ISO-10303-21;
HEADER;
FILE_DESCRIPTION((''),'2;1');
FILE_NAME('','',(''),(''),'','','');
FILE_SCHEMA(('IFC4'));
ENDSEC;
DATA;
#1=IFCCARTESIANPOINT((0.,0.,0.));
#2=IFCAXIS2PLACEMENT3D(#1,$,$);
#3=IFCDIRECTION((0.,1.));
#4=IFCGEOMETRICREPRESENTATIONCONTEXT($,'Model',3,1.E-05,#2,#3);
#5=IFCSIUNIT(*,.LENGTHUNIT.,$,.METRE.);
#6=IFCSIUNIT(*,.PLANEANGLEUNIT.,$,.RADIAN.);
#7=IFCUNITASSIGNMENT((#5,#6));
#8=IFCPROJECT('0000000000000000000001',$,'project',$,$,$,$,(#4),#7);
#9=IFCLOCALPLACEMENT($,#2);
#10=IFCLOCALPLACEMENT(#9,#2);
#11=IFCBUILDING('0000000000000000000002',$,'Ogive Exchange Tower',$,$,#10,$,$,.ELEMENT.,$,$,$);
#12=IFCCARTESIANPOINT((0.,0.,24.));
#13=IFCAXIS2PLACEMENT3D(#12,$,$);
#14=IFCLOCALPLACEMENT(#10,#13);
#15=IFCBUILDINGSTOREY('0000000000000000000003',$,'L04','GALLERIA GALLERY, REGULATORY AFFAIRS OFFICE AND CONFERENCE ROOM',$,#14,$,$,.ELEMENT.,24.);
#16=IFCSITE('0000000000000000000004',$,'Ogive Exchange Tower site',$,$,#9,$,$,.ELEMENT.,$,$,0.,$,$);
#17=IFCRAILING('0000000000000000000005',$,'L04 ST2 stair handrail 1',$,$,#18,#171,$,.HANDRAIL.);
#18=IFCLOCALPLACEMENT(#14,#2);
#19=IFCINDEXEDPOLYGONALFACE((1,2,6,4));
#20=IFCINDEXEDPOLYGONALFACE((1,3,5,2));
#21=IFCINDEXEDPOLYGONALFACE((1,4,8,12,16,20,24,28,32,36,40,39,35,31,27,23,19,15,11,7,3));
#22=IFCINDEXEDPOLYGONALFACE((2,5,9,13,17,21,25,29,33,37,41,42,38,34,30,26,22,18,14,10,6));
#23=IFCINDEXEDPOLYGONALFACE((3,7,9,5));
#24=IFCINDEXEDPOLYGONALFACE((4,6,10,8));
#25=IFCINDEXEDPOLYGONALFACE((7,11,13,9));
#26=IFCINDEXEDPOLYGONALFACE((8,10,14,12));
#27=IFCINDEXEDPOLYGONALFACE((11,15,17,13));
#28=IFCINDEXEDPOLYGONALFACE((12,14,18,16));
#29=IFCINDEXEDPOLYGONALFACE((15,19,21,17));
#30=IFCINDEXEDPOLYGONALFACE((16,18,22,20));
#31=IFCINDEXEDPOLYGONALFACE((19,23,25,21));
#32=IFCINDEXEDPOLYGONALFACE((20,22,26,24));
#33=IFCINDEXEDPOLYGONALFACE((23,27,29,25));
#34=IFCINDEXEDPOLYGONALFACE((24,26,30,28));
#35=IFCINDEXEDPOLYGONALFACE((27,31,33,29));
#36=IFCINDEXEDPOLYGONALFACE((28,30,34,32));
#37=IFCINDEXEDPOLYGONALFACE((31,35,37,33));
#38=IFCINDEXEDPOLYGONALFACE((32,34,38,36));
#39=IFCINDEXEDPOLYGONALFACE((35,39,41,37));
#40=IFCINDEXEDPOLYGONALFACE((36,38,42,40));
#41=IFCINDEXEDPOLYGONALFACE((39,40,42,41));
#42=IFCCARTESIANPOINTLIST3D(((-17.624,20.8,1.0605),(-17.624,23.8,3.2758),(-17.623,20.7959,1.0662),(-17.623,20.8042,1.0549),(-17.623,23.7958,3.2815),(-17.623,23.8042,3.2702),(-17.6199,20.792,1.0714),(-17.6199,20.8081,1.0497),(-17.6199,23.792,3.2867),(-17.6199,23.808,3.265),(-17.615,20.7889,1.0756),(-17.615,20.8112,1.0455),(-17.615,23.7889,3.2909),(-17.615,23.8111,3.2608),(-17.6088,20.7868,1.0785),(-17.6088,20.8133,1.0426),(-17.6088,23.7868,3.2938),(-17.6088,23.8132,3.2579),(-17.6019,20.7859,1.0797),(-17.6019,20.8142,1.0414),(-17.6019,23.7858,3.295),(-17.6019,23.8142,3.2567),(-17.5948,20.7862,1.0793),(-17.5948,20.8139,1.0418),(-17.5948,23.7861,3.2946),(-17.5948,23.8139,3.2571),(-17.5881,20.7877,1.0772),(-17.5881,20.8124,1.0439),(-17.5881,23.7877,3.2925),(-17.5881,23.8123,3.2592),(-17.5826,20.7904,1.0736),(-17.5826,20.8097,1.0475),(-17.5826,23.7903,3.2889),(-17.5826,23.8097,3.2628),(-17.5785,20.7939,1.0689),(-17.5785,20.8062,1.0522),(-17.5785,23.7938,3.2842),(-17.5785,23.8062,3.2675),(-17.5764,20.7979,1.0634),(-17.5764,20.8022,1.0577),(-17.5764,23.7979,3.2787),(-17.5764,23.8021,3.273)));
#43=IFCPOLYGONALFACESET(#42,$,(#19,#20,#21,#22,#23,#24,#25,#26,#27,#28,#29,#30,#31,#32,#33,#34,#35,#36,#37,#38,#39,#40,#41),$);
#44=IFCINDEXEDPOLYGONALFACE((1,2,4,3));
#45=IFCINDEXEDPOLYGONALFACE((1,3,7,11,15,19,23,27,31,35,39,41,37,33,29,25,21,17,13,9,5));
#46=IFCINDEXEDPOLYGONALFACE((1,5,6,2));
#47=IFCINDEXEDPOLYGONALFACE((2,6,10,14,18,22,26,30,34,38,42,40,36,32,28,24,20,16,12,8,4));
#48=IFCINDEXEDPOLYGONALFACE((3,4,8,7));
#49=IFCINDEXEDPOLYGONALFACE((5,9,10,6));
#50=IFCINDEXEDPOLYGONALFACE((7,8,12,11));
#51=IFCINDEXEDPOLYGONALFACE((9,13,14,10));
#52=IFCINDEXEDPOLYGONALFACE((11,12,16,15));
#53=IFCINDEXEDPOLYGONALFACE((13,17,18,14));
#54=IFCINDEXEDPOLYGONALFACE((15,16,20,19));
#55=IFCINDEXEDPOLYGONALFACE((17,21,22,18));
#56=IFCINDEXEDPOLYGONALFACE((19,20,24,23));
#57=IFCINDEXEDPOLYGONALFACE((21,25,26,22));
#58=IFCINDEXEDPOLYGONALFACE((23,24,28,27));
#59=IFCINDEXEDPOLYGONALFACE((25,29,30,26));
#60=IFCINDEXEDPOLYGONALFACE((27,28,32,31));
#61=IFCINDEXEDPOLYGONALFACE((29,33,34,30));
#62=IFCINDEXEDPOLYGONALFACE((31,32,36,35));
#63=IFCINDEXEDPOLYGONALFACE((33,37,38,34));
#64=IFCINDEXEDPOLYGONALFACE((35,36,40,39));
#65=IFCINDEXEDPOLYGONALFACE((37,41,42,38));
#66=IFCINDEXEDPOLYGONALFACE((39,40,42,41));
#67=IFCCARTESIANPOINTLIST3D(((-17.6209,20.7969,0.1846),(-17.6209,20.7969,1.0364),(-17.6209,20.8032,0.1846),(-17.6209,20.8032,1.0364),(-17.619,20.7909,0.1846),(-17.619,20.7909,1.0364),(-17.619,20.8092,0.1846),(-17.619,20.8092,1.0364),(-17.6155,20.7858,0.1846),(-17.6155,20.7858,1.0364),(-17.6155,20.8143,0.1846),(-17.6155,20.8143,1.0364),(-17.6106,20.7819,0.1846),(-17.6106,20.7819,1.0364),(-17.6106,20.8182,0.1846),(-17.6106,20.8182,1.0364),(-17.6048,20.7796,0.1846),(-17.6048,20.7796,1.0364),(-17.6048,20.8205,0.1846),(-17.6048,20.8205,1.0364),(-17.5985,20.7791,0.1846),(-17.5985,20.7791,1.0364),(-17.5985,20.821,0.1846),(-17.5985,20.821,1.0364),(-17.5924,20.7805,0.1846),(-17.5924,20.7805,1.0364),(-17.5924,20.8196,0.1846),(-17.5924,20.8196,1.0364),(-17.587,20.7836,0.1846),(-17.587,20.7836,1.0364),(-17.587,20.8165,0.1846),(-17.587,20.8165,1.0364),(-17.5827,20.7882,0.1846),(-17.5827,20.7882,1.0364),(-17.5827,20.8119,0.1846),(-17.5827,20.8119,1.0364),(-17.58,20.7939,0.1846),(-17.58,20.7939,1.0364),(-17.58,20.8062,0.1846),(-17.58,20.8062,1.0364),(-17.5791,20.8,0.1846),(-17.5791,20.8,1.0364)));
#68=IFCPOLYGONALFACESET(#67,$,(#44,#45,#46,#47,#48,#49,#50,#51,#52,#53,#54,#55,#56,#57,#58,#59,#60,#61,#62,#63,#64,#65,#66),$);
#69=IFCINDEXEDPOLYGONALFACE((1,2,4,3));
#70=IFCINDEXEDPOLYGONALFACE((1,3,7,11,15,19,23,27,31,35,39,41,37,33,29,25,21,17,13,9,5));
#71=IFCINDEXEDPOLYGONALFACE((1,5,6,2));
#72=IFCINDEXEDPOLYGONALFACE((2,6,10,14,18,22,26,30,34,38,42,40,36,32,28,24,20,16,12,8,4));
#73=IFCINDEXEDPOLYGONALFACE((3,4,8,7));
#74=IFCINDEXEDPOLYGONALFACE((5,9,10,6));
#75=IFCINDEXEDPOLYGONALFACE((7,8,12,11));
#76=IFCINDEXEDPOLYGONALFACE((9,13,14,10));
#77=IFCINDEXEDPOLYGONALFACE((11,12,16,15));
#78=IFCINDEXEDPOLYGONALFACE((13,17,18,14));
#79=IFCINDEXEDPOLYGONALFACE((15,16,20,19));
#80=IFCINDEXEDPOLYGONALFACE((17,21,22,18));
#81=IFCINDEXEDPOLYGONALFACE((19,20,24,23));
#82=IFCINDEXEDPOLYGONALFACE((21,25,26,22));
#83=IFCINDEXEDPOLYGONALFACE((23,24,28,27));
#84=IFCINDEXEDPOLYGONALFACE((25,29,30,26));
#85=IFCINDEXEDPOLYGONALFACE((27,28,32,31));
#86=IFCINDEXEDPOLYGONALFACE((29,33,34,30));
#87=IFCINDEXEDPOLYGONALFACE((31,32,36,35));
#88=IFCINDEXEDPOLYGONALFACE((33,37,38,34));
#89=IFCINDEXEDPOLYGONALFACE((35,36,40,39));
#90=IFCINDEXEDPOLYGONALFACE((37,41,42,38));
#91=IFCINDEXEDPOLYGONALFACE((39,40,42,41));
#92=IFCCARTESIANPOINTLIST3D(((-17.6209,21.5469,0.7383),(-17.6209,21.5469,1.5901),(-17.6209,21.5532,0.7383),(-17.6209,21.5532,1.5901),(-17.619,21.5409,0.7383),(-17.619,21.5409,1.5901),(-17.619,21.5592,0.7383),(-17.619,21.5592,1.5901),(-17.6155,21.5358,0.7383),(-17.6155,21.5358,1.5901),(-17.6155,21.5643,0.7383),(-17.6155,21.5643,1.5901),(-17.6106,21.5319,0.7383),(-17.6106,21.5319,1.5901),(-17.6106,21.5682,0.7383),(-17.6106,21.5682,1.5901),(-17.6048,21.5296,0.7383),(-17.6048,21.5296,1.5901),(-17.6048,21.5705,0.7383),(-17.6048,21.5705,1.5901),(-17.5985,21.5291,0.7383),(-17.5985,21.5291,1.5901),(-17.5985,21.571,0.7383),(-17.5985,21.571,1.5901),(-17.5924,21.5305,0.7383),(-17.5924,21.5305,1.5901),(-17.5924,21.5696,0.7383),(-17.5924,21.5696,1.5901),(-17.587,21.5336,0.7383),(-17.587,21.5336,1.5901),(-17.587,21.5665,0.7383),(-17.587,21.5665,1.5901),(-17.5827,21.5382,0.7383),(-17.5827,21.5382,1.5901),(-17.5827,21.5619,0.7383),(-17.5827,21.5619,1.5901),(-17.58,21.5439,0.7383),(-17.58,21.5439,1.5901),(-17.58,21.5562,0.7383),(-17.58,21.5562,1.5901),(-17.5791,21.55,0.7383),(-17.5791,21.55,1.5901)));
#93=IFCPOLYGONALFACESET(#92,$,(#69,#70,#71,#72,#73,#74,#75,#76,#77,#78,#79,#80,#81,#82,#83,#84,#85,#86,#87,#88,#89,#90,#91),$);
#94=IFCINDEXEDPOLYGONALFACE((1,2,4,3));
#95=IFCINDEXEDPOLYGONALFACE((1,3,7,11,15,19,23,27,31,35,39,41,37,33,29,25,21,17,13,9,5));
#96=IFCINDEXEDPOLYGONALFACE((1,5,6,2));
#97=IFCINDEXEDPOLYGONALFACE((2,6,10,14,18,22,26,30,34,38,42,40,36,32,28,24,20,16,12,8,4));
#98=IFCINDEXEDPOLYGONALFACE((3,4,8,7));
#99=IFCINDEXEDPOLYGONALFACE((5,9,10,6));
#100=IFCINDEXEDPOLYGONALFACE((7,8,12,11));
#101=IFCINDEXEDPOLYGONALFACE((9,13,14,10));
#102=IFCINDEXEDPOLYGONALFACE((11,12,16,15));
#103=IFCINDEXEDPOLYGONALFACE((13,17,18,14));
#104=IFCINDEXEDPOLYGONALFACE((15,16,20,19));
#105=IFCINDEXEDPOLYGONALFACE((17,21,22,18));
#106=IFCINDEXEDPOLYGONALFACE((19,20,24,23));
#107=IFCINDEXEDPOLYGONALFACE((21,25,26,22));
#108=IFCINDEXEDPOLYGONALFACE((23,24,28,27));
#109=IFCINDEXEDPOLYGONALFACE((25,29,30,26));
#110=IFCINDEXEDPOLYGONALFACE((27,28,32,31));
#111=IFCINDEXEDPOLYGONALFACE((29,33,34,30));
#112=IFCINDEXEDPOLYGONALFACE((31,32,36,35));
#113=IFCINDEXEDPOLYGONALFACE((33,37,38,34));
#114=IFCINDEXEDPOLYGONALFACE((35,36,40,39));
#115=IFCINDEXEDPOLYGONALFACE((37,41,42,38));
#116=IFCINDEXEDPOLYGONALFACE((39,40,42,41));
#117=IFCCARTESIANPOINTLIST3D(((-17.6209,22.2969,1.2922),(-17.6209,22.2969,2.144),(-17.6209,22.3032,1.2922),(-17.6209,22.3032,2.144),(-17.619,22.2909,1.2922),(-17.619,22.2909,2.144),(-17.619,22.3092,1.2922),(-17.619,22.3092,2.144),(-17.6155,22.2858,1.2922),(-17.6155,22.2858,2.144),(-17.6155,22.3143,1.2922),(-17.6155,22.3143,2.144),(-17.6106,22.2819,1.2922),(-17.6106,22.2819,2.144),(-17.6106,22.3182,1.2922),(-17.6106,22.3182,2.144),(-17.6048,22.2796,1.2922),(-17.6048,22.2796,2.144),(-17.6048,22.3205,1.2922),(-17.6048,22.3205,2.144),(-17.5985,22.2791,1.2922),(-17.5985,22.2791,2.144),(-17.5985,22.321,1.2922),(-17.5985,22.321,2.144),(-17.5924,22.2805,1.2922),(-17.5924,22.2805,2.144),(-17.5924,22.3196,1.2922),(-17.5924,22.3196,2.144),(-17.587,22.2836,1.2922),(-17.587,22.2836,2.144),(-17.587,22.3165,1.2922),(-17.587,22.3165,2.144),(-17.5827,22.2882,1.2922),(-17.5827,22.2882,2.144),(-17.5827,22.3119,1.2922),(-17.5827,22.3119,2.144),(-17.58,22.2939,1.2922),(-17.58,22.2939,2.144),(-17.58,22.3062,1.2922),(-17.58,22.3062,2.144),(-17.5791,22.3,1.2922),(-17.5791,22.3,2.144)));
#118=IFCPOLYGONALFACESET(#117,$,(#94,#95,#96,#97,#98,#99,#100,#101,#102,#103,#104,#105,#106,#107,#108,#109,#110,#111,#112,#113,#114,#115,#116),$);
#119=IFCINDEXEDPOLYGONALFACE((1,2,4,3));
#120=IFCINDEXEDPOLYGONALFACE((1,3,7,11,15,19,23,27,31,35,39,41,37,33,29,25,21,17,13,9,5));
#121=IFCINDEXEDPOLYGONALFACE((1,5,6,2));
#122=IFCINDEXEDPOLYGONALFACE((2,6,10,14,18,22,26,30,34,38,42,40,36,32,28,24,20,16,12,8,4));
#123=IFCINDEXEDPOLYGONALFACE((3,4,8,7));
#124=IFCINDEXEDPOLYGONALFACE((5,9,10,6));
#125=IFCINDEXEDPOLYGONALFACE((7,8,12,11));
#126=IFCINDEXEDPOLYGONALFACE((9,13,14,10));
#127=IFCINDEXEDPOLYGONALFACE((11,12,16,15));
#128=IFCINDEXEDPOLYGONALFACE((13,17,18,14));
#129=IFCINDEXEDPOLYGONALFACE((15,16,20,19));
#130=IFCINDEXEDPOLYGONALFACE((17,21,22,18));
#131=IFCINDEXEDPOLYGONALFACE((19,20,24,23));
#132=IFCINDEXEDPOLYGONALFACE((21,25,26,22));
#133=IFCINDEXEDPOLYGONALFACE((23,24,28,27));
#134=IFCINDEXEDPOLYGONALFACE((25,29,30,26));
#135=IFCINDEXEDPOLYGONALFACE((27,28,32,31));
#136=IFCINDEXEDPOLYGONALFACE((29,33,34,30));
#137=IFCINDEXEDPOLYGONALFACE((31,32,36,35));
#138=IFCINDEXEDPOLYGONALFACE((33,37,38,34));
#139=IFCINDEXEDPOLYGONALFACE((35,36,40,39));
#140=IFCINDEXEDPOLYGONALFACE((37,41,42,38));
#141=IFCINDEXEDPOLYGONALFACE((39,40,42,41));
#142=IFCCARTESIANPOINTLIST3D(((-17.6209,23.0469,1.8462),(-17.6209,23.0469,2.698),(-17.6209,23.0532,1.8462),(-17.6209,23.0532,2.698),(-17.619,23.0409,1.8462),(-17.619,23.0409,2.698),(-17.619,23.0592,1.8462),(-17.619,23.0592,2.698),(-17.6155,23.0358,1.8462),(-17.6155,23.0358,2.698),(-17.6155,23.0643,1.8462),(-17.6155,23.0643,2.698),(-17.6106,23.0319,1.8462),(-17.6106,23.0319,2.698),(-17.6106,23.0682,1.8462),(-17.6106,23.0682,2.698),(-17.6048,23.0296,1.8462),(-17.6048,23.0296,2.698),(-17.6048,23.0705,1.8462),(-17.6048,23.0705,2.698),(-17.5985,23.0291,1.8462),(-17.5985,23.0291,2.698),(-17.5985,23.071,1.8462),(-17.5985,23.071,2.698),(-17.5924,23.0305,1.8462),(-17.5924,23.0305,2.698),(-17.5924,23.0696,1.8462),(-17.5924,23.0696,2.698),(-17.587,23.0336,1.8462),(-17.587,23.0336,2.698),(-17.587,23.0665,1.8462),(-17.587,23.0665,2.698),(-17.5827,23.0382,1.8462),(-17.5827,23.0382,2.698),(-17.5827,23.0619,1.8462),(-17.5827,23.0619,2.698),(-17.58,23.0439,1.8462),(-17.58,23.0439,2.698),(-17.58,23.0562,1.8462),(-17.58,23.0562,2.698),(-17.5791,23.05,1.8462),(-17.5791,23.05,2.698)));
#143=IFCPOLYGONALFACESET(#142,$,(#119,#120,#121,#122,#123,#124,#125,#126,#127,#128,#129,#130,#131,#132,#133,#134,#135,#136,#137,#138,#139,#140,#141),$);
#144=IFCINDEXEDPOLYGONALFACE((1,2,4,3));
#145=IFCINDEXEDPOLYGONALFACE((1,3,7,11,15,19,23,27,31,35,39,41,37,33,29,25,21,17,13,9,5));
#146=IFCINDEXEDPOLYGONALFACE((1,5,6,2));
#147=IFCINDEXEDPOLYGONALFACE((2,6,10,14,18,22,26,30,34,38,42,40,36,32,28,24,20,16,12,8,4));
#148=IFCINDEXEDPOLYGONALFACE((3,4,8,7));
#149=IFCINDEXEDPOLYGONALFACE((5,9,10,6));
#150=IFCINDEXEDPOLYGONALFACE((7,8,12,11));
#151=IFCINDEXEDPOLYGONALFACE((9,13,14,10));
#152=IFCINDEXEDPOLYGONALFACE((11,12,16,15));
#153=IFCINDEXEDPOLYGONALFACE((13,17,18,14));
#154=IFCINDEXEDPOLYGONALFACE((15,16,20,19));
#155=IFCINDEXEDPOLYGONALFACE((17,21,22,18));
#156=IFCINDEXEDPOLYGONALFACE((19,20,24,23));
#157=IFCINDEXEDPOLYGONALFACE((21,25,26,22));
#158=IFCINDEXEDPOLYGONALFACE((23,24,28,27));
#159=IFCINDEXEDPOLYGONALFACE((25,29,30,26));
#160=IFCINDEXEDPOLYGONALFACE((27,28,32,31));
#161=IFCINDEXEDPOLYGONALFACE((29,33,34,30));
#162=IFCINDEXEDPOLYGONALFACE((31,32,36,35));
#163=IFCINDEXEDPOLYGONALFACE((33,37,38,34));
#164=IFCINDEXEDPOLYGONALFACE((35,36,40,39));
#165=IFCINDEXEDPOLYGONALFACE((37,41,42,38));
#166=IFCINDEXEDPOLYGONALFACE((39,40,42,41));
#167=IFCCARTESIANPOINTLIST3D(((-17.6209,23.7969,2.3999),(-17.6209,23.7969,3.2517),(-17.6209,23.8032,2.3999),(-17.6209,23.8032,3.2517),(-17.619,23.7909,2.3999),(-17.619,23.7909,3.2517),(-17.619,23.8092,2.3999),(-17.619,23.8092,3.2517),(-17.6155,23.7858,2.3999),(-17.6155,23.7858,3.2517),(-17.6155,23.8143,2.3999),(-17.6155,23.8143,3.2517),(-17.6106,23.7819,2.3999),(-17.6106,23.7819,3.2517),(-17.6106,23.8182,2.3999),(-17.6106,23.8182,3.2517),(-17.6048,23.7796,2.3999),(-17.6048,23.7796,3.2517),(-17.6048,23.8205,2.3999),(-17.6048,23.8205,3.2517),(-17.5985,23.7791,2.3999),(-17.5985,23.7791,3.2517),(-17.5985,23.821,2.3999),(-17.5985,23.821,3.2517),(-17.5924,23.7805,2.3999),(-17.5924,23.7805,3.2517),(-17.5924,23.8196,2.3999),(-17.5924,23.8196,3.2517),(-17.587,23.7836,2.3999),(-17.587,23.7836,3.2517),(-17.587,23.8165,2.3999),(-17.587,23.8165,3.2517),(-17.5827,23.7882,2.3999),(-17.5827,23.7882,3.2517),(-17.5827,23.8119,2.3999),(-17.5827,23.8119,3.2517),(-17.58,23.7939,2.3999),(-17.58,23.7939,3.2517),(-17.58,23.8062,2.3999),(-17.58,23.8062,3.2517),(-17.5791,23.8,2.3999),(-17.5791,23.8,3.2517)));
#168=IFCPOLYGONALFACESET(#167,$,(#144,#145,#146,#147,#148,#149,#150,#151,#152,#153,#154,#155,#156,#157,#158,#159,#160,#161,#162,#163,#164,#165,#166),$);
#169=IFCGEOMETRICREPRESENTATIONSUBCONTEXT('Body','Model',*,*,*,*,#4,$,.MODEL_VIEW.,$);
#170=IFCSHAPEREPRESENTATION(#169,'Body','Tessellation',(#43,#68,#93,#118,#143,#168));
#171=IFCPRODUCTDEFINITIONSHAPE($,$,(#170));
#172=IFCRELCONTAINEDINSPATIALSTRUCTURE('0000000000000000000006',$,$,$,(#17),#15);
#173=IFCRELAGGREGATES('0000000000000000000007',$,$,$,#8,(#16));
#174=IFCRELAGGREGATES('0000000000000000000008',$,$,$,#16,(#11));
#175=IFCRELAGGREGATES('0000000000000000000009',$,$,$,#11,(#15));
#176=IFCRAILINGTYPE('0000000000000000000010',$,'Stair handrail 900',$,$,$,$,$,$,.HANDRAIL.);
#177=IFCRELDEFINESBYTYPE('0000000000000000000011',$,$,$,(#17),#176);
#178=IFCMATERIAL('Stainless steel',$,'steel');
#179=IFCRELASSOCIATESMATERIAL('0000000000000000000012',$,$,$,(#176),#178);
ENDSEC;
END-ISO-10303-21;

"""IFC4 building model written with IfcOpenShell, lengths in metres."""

from ifc_helpers import new_model, si_unit, direction, frame, origin, origin_2d, place, context, subcontext, project, spatial, circle, extrude, material, type_object, element, save


model = new_model("IFC4")

# Units and contexts
model_context = context("Model", 3, precision=1e-05, world=origin(), true_north=direction((0.0, 1.0)))
body_context = subcontext(model_context, "Body", "Model", "MODEL_VIEW")
ifc_project = project(units=[si_unit("LENGTHUNIT", "METRE"), si_unit("PLANEANGLEUNIT", "RADIAN")], contexts=[model_context])

# Site, building, storey
site_placement = place(None, origin())
site = spatial("IfcSite", under=ifc_project, at=site_placement, Name="Ogive Exchange Tower site", CompositionType="ELEMENT", RefElevation=0.0)
building_placement = place(site_placement, origin())
building = spatial("IfcBuilding", under=site, at=building_placement, Name="Ogive Exchange Tower", CompositionType="ELEMENT")
storey_placement = place(building_placement, frame((0.0, 0.0, 24.0)))
storey = spatial("IfcBuildingStorey", under=building, at=storey_placement, Name="L04", Description="GALLERIA GALLERY, REGULATORY AFFAIRS OFFICE AND CONFERENCE ROOM", CompositionType="ELEMENT", Elevation=24.0)

# Railing
ifc_material_1 = material(Name="Stainless steel", Category="steel")
railing_type = type_object("IfcRailingType", Name="Stair handrail 900", PredefinedType="HANDRAIL", material=ifc_material_1)
railing_placement = place(storey_placement, frame((-17.6001, 20.8, 0.1846)))
element("IfcRailing", 1, at=railing_placement, inside=storey, type_object=railing_type, Name="L04 ST2 stair handrail 1", PredefinedType="HANDRAIL", context=body_context, shape_type="SweptSolid", body=[
    extrude(circle(Radius=0.0239, at=origin_2d()), frame((0.0, 0.0, 0.876), z_axis=(0.0, 0.80444, 0.594034), x_axis=(-1.0, 0.0, 0.0)), (0.0, 0.0, 1.0), 3.7292),
    extrude(circle(Radius=0.021, at=origin_2d()), origin(), (0.0, 0.0, 1.0), 0.8518),
    extrude(circle(Radius=0.021, at=origin_2d()), frame((0.0, 0.75, 0.5537)), (0.0, 0.0, 1.0), 0.8518),
    extrude(circle(Radius=0.021, at=origin_2d()), frame((0.0, 1.5, 1.1077)), (0.0, 0.0, 1.0), 0.8518),
    extrude(circle(Radius=0.021, at=origin_2d()), frame((0.0, 2.25, 1.6616)), (0.0, 0.0, 1.0), 0.8518),
    extrude(circle(Radius=0.021, at=origin_2d()), frame((0.0, 3.0, 2.2153)), (0.0, 0.0, 1.0), 0.8518),
])

save(model, "model.ifc")
